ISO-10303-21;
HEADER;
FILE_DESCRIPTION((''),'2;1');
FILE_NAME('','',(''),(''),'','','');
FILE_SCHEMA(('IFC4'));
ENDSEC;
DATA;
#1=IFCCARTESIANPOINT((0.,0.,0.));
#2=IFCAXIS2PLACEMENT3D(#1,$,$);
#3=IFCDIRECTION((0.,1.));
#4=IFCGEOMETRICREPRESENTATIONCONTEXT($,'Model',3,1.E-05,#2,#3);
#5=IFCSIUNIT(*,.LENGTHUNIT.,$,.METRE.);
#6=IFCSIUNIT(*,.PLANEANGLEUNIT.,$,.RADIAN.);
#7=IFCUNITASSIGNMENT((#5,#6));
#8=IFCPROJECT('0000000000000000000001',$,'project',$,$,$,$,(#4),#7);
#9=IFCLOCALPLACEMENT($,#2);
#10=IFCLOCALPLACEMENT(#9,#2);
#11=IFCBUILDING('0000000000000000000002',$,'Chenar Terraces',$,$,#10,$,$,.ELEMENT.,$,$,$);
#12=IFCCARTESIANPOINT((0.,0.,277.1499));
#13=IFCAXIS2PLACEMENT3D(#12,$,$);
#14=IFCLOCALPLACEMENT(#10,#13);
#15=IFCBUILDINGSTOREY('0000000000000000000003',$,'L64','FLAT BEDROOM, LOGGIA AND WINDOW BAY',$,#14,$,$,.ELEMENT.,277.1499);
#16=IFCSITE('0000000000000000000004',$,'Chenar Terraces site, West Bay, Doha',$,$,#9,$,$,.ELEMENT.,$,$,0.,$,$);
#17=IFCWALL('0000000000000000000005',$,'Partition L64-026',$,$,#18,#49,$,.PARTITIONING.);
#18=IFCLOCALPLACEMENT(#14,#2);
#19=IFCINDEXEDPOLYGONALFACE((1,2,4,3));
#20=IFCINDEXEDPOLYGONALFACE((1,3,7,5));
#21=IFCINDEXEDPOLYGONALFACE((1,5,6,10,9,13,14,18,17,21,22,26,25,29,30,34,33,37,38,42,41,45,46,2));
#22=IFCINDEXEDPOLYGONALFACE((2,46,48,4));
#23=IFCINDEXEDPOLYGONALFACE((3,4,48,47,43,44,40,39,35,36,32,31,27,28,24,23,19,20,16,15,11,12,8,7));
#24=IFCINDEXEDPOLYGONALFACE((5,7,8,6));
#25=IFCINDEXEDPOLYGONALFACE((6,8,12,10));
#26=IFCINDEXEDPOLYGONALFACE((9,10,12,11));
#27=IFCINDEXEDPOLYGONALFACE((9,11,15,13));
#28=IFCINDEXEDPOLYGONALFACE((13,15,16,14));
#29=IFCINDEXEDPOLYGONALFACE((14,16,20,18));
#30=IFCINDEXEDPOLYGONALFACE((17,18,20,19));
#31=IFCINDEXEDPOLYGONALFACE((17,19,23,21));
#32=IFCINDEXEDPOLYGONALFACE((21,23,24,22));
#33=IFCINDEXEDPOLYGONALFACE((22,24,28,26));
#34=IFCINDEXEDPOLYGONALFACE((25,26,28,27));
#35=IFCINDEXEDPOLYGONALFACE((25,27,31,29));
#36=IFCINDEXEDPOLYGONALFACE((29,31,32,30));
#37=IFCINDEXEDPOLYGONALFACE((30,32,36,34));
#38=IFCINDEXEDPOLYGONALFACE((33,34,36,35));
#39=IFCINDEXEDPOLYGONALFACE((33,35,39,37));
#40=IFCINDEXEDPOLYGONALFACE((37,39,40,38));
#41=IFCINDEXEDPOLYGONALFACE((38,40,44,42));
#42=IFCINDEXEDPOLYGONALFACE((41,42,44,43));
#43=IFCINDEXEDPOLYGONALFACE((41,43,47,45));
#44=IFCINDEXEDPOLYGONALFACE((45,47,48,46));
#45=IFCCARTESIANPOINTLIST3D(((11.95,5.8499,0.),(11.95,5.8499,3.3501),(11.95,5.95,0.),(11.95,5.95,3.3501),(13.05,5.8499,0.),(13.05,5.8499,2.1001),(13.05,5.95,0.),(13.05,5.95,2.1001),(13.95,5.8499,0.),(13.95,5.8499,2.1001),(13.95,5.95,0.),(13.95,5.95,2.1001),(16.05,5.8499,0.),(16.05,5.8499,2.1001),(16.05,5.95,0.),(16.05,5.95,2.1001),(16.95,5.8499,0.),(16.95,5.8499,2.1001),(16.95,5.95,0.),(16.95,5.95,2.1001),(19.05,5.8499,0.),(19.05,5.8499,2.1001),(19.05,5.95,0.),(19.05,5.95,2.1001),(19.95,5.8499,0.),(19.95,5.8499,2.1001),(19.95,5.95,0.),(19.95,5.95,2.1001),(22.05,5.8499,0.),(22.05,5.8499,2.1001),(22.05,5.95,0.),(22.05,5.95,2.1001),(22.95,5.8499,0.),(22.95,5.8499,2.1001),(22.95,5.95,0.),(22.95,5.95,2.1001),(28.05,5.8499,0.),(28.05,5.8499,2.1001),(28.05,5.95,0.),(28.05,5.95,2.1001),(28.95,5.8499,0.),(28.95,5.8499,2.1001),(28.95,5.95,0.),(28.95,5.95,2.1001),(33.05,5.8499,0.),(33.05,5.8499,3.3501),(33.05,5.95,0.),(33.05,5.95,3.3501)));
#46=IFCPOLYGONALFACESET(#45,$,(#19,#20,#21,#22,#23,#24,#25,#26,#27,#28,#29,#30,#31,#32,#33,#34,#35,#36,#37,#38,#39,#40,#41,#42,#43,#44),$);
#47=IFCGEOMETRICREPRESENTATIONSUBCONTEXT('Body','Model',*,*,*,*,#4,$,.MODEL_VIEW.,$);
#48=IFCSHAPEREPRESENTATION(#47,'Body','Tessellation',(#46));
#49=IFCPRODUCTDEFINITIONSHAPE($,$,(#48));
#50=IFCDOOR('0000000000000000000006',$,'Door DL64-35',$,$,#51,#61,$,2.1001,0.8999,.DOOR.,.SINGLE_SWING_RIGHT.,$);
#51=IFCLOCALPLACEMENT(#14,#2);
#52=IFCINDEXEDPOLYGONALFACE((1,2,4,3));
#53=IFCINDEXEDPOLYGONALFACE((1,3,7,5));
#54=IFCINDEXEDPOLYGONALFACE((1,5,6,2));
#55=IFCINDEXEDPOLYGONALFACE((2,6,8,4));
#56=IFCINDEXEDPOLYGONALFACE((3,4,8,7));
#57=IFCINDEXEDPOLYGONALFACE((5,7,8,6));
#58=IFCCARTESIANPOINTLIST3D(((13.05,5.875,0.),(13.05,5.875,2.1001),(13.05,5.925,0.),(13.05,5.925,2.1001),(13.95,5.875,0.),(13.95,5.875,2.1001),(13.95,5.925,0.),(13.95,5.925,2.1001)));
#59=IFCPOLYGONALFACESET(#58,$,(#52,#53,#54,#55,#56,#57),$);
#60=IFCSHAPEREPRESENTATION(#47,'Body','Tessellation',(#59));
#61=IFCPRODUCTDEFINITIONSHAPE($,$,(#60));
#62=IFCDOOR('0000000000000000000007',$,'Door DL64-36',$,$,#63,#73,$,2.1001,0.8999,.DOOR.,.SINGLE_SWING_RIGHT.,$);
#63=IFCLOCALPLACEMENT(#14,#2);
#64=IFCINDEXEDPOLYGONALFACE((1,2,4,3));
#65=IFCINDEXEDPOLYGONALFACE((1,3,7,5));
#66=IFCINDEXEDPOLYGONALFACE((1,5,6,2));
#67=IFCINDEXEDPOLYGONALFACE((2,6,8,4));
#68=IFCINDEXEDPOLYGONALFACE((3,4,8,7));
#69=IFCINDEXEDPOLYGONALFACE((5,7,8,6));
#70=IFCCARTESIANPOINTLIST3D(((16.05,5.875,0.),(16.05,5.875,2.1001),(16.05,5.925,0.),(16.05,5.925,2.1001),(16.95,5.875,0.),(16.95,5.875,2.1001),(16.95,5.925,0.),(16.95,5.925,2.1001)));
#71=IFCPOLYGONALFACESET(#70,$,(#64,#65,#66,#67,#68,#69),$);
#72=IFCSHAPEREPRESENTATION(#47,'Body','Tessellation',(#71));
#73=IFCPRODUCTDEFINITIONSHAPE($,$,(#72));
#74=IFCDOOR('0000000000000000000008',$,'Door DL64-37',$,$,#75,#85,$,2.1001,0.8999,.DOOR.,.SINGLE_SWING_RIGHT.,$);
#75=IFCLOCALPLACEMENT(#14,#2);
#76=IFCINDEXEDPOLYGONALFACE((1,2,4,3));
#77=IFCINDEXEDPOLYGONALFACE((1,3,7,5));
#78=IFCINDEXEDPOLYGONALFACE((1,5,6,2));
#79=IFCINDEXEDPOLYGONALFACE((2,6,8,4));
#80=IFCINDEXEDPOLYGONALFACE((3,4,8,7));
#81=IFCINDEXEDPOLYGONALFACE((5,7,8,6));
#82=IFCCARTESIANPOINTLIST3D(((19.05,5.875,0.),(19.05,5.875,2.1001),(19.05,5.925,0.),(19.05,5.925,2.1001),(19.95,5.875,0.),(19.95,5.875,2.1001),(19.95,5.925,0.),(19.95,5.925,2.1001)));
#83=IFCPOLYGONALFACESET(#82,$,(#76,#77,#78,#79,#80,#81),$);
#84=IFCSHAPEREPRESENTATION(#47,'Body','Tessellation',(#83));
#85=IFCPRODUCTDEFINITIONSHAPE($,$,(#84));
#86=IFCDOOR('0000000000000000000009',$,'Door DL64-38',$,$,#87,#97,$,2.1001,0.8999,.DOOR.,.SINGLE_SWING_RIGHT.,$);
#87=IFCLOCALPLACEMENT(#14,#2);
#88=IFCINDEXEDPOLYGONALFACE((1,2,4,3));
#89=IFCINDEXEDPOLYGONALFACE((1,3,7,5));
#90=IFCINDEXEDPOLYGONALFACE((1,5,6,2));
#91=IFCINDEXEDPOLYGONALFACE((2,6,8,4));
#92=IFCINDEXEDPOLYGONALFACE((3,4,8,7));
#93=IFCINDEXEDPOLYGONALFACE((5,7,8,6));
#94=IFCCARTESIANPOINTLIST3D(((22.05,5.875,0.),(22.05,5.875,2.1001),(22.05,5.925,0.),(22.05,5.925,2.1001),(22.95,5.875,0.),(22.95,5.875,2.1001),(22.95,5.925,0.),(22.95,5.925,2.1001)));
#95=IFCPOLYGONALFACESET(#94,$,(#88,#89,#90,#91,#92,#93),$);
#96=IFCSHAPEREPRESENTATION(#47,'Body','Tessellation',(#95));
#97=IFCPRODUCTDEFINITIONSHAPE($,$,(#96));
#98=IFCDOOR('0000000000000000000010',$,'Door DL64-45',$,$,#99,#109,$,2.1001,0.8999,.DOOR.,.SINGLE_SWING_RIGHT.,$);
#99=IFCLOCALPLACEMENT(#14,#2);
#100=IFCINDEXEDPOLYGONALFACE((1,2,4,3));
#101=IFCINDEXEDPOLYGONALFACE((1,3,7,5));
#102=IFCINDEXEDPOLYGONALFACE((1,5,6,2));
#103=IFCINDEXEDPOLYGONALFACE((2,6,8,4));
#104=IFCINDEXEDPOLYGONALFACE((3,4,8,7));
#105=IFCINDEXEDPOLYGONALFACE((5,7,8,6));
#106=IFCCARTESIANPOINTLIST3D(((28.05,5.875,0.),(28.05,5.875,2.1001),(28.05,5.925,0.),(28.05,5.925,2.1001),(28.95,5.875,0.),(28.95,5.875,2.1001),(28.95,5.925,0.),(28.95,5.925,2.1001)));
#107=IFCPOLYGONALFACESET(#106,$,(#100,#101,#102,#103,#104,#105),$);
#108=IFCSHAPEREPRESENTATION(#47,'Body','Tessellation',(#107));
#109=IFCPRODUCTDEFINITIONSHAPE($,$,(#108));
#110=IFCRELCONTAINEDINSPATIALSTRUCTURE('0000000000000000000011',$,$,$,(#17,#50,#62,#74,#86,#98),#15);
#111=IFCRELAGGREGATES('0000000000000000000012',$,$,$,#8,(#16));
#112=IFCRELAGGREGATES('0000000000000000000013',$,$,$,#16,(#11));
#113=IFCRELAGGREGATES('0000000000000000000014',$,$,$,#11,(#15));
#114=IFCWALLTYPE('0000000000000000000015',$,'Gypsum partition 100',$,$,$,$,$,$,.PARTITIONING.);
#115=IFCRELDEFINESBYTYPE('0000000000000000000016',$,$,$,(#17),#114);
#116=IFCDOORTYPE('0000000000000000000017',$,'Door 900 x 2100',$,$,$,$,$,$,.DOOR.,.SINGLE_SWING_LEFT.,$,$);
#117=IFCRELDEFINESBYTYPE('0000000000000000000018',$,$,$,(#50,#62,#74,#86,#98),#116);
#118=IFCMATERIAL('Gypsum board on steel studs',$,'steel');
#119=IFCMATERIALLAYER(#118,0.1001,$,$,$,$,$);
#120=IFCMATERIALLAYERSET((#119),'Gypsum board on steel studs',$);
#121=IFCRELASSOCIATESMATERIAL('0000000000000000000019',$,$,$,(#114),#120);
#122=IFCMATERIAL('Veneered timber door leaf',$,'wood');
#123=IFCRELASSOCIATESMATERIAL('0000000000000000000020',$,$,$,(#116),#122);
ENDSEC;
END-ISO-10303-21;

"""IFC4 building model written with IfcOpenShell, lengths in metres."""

from ifc_helpers import new_model, si_unit, direction, frame, frame_2d, origin, place, context, subcontext, project, spatial, rectangle, extrude, material, layer, layer_set, type_object, element, fill, save


model = new_model("IFC4")

# Units and contexts
model_context = context("Model", 3, precision=1e-05, world=origin(), true_north=direction((0.0, 1.0)))
body_context = subcontext(model_context, "Body", "Model", "MODEL_VIEW")
ifc_project = project(units=[si_unit("LENGTHUNIT", "METRE"), si_unit("PLANEANGLEUNIT", "RADIAN")], contexts=[model_context])

# Site, building, storey
site_placement = place(None, origin())
site = spatial("IfcSite", under=ifc_project, at=site_placement, Name="Chenar Terraces site, West Bay, Doha", CompositionType="ELEMENT", RefElevation=0.0)
building_placement = place(site_placement, origin())
building = spatial("IfcBuilding", under=site, at=building_placement, Name="Chenar Terraces", CompositionType="ELEMENT")
storey_placement = place(building_placement, frame((0.0, 0.0, 277.1499)))
storey = spatial("IfcBuildingStorey", under=building, at=storey_placement, Name="L64", Description="FLAT BEDROOM, LOGGIA AND WINDOW BAY", CompositionType="ELEMENT", Elevation=277.1499)

# Shared definitions
ifc_material_1 = material(Name="Gypsum board on steel studs", Category="steel")
ifc_layer_1 = layer(ifc_material_1, 0.1001)
ifc_layer_set_1 = layer_set([ifc_layer_1], Name="Gypsum board on steel studs")
wall_type_1 = type_object("IfcWallType", Name="Gypsum partition 100", PredefinedType="PARTITIONING", material=ifc_layer_set_1)
ifc_material_2 = material(Name="Veneered timber door leaf", Category="wood")
door_type_1 = type_object("IfcDoorType", Name="Door 900 x 2100", OperationType="SINGLE_SWING_LEFT", PredefinedType="DOOR", material=ifc_material_2)

# Wall, openings, doors
wall_1_placement = place(storey_placement, frame((11.95, 5.8999, 0.0), z_axis=(0.0, 0.0, 1.0), x_axis=(1.0, 0.0, 0.0)))
wall_1 = element("IfcWall", 1, at=wall_1_placement, inside=storey, type_object=wall_type_1, Name="Partition L64-026", PredefinedType="PARTITIONING", context=body_context, shape_type="SweptSolid", body=[
    extrude(rectangle(XDim=21.1001, YDim=0.1001, at=frame_2d((10.55, 0.0))), origin(), (0.0, 0.0, 1.0), 3.3501),
])
opening_1_placement = place(wall_1_placement, frame((1.1001, 0.0, 0.0)))
opening_1 = element("IfcOpeningElement", 2, at=opening_1_placement, cuts=wall_1, PredefinedType="OPENING", context=body_context, shape_type="SweptSolid", body=[
    extrude(rectangle(XDim=0.8999, YDim=2.1001, at=frame_2d((0.45, 1.05))), frame((0.0, 0.0601, 0.0), z_axis=(0.0, -1.0, 0.0), x_axis=(1.0, 0.0, 0.0)), (0.0, 0.0, 1.0), 0.1201),
])
opening_2_placement = place(wall_1_placement, frame((4.1001, 0.0, 0.0)))
opening_2 = element("IfcOpeningElement", 3, at=opening_2_placement, cuts=wall_1, PredefinedType="OPENING", context=body_context, shape_type="SweptSolid", body=[
    extrude(rectangle(XDim=0.8999, YDim=2.1001, at=frame_2d((0.45, 1.05))), frame((0.0, 0.0601, 0.0), z_axis=(0.0, -1.0, 0.0), x_axis=(1.0, 0.0, 0.0)), (0.0, 0.0, 1.0), 0.1201),
])
opening_3_placement = place(wall_1_placement, frame((7.1001, 0.0, 0.0)))
opening_3 = element("IfcOpeningElement", 4, at=opening_3_placement, cuts=wall_1, PredefinedType="OPENING", context=body_context, shape_type="SweptSolid", body=[
    extrude(rectangle(XDim=0.8999, YDim=2.1001, at=frame_2d((0.45, 1.05))), frame((0.0, 0.0601, 0.0), z_axis=(0.0, -1.0, 0.0), x_axis=(1.0, 0.0, 0.0)), (0.0, 0.0, 1.0), 0.1201),
])
opening_4_placement = place(wall_1_placement, frame((10.1001, 0.0, 0.0)))
opening_4 = element("IfcOpeningElement", 5, at=opening_4_placement, cuts=wall_1, PredefinedType="OPENING", context=body_context, shape_type="SweptSolid", body=[
    extrude(rectangle(XDim=0.8999, YDim=2.1001, at=frame_2d((0.45, 1.05))), frame((0.0, 0.0601, 0.0), z_axis=(0.0, -1.0, 0.0), x_axis=(1.0, 0.0, 0.0)), (0.0, 0.0, 1.0), 0.1201),
])
opening_5_placement = place(wall_1_placement, frame((16.1001, 0.0, 0.0)))
opening_5 = element("IfcOpeningElement", 6, at=opening_5_placement, cuts=wall_1, PredefinedType="OPENING", context=body_context, shape_type="SweptSolid", body=[
    extrude(rectangle(XDim=0.8999, YDim=2.1001, at=frame_2d((0.45, 1.05))), frame((0.0, 0.0601, 0.0), z_axis=(0.0, -1.0, 0.0), x_axis=(1.0, 0.0, 0.0)), (0.0, 0.0, 1.0), 0.1201),
])
door_1_placement = place(opening_1_placement, frame((0.8999, 0.0, 0.0), z_axis=(0.0, 0.0, 1.0), x_axis=(-1.0, 0.0, 0.0)))
door_1 = element("IfcDoor", 7, at=door_1_placement, inside=storey, type_object=door_type_1, Name="Door DL64-35", OperationType="SINGLE_SWING_RIGHT", OverallHeight=2.1001, OverallWidth=0.8999, PredefinedType="DOOR", context=body_context, shape_type="SweptSolid", body=[
    extrude(rectangle(XDim=0.8999, YDim=2.1001, at=frame_2d((0.45, 1.05))), frame((0.0, 0.0249, 0.0), z_axis=(0.0, -1.0, 0.0), x_axis=(1.0, 0.0, 0.0)), (0.0, 0.0, 1.0), 0.05),
])
fill(opening_1, door_1)
door_2_placement = place(opening_2_placement, frame((0.8999, 0.0, 0.0), z_axis=(0.0, 0.0, 1.0), x_axis=(-1.0, 0.0, 0.0)))
door_2 = element("IfcDoor", 8, at=door_2_placement, inside=storey, type_object=door_type_1, Name="Door DL64-36", OperationType="SINGLE_SWING_RIGHT", OverallHeight=2.1001, OverallWidth=0.8999, PredefinedType="DOOR", context=body_context, shape_type="SweptSolid", body=[
    extrude(rectangle(XDim=0.8999, YDim=2.1001, at=frame_2d((0.45, 1.05))), frame((0.0, 0.0249, 0.0), z_axis=(0.0, -1.0, 0.0), x_axis=(1.0, 0.0, 0.0)), (0.0, 0.0, 1.0), 0.05),
])
fill(opening_2, door_2)
door_3_placement = place(opening_3_placement, frame((0.8999, 0.0, 0.0), z_axis=(0.0, 0.0, 1.0), x_axis=(-1.0, 0.0, 0.0)))
door_3 = element("IfcDoor", 9, at=door_3_placement, inside=storey, type_object=door_type_1, Name="Door DL64-37", OperationType="SINGLE_SWING_RIGHT", OverallHeight=2.1001, OverallWidth=0.8999, PredefinedType="DOOR", context=body_context, shape_type="SweptSolid", body=[
    extrude(rectangle(XDim=0.8999, YDim=2.1001, at=frame_2d((0.45, 1.05))), frame((0.0, 0.0249, 0.0), z_axis=(0.0, -1.0, 0.0), x_axis=(1.0, 0.0, 0.0)), (0.0, 0.0, 1.0), 0.05),
])
fill(opening_3, door_3)
door_4_placement = place(opening_4_placement, frame((0.8999, 0.0, 0.0), z_axis=(0.0, 0.0, 1.0), x_axis=(-1.0, 0.0, 0.0)))
door_4 = element("IfcDoor", 10, at=door_4_placement, inside=storey, type_object=door_type_1, Name="Door DL64-38", OperationType="SINGLE_SWING_RIGHT", OverallHeight=2.1001, OverallWidth=0.8999, PredefinedType="DOOR", context=body_context, shape_type="SweptSolid", body=[
    extrude(rectangle(XDim=0.8999, YDim=2.1001, at=frame_2d((0.45, 1.05))), frame((0.0, 0.0249, 0.0), z_axis=(0.0, -1.0, 0.0), x_axis=(1.0, 0.0, 0.0)), (0.0, 0.0, 1.0), 0.05),
])
fill(opening_4, door_4)
door_5_placement = place(opening_5_placement, frame((0.8999, 0.0, 0.0), z_axis=(0.0, 0.0, 1.0), x_axis=(-1.0, 0.0, 0.0)))
door_5 = element("IfcDoor", 11, at=door_5_placement, inside=storey, type_object=door_type_1, Name="Door DL64-45", OperationType="SINGLE_SWING_RIGHT", OverallHeight=2.1001, OverallWidth=0.8999, PredefinedType="DOOR", context=body_context, shape_type="SweptSolid", body=[
    extrude(rectangle(XDim=0.8999, YDim=2.1001, at=frame_2d((0.45, 1.05))), frame((0.0, 0.0249, 0.0), z_axis=(0.0, -1.0, 0.0), x_axis=(1.0, 0.0, 0.0)), (0.0, 0.0, 1.0), 0.05),
])
fill(opening_5, door_5)

save(model, "model.ifc")
